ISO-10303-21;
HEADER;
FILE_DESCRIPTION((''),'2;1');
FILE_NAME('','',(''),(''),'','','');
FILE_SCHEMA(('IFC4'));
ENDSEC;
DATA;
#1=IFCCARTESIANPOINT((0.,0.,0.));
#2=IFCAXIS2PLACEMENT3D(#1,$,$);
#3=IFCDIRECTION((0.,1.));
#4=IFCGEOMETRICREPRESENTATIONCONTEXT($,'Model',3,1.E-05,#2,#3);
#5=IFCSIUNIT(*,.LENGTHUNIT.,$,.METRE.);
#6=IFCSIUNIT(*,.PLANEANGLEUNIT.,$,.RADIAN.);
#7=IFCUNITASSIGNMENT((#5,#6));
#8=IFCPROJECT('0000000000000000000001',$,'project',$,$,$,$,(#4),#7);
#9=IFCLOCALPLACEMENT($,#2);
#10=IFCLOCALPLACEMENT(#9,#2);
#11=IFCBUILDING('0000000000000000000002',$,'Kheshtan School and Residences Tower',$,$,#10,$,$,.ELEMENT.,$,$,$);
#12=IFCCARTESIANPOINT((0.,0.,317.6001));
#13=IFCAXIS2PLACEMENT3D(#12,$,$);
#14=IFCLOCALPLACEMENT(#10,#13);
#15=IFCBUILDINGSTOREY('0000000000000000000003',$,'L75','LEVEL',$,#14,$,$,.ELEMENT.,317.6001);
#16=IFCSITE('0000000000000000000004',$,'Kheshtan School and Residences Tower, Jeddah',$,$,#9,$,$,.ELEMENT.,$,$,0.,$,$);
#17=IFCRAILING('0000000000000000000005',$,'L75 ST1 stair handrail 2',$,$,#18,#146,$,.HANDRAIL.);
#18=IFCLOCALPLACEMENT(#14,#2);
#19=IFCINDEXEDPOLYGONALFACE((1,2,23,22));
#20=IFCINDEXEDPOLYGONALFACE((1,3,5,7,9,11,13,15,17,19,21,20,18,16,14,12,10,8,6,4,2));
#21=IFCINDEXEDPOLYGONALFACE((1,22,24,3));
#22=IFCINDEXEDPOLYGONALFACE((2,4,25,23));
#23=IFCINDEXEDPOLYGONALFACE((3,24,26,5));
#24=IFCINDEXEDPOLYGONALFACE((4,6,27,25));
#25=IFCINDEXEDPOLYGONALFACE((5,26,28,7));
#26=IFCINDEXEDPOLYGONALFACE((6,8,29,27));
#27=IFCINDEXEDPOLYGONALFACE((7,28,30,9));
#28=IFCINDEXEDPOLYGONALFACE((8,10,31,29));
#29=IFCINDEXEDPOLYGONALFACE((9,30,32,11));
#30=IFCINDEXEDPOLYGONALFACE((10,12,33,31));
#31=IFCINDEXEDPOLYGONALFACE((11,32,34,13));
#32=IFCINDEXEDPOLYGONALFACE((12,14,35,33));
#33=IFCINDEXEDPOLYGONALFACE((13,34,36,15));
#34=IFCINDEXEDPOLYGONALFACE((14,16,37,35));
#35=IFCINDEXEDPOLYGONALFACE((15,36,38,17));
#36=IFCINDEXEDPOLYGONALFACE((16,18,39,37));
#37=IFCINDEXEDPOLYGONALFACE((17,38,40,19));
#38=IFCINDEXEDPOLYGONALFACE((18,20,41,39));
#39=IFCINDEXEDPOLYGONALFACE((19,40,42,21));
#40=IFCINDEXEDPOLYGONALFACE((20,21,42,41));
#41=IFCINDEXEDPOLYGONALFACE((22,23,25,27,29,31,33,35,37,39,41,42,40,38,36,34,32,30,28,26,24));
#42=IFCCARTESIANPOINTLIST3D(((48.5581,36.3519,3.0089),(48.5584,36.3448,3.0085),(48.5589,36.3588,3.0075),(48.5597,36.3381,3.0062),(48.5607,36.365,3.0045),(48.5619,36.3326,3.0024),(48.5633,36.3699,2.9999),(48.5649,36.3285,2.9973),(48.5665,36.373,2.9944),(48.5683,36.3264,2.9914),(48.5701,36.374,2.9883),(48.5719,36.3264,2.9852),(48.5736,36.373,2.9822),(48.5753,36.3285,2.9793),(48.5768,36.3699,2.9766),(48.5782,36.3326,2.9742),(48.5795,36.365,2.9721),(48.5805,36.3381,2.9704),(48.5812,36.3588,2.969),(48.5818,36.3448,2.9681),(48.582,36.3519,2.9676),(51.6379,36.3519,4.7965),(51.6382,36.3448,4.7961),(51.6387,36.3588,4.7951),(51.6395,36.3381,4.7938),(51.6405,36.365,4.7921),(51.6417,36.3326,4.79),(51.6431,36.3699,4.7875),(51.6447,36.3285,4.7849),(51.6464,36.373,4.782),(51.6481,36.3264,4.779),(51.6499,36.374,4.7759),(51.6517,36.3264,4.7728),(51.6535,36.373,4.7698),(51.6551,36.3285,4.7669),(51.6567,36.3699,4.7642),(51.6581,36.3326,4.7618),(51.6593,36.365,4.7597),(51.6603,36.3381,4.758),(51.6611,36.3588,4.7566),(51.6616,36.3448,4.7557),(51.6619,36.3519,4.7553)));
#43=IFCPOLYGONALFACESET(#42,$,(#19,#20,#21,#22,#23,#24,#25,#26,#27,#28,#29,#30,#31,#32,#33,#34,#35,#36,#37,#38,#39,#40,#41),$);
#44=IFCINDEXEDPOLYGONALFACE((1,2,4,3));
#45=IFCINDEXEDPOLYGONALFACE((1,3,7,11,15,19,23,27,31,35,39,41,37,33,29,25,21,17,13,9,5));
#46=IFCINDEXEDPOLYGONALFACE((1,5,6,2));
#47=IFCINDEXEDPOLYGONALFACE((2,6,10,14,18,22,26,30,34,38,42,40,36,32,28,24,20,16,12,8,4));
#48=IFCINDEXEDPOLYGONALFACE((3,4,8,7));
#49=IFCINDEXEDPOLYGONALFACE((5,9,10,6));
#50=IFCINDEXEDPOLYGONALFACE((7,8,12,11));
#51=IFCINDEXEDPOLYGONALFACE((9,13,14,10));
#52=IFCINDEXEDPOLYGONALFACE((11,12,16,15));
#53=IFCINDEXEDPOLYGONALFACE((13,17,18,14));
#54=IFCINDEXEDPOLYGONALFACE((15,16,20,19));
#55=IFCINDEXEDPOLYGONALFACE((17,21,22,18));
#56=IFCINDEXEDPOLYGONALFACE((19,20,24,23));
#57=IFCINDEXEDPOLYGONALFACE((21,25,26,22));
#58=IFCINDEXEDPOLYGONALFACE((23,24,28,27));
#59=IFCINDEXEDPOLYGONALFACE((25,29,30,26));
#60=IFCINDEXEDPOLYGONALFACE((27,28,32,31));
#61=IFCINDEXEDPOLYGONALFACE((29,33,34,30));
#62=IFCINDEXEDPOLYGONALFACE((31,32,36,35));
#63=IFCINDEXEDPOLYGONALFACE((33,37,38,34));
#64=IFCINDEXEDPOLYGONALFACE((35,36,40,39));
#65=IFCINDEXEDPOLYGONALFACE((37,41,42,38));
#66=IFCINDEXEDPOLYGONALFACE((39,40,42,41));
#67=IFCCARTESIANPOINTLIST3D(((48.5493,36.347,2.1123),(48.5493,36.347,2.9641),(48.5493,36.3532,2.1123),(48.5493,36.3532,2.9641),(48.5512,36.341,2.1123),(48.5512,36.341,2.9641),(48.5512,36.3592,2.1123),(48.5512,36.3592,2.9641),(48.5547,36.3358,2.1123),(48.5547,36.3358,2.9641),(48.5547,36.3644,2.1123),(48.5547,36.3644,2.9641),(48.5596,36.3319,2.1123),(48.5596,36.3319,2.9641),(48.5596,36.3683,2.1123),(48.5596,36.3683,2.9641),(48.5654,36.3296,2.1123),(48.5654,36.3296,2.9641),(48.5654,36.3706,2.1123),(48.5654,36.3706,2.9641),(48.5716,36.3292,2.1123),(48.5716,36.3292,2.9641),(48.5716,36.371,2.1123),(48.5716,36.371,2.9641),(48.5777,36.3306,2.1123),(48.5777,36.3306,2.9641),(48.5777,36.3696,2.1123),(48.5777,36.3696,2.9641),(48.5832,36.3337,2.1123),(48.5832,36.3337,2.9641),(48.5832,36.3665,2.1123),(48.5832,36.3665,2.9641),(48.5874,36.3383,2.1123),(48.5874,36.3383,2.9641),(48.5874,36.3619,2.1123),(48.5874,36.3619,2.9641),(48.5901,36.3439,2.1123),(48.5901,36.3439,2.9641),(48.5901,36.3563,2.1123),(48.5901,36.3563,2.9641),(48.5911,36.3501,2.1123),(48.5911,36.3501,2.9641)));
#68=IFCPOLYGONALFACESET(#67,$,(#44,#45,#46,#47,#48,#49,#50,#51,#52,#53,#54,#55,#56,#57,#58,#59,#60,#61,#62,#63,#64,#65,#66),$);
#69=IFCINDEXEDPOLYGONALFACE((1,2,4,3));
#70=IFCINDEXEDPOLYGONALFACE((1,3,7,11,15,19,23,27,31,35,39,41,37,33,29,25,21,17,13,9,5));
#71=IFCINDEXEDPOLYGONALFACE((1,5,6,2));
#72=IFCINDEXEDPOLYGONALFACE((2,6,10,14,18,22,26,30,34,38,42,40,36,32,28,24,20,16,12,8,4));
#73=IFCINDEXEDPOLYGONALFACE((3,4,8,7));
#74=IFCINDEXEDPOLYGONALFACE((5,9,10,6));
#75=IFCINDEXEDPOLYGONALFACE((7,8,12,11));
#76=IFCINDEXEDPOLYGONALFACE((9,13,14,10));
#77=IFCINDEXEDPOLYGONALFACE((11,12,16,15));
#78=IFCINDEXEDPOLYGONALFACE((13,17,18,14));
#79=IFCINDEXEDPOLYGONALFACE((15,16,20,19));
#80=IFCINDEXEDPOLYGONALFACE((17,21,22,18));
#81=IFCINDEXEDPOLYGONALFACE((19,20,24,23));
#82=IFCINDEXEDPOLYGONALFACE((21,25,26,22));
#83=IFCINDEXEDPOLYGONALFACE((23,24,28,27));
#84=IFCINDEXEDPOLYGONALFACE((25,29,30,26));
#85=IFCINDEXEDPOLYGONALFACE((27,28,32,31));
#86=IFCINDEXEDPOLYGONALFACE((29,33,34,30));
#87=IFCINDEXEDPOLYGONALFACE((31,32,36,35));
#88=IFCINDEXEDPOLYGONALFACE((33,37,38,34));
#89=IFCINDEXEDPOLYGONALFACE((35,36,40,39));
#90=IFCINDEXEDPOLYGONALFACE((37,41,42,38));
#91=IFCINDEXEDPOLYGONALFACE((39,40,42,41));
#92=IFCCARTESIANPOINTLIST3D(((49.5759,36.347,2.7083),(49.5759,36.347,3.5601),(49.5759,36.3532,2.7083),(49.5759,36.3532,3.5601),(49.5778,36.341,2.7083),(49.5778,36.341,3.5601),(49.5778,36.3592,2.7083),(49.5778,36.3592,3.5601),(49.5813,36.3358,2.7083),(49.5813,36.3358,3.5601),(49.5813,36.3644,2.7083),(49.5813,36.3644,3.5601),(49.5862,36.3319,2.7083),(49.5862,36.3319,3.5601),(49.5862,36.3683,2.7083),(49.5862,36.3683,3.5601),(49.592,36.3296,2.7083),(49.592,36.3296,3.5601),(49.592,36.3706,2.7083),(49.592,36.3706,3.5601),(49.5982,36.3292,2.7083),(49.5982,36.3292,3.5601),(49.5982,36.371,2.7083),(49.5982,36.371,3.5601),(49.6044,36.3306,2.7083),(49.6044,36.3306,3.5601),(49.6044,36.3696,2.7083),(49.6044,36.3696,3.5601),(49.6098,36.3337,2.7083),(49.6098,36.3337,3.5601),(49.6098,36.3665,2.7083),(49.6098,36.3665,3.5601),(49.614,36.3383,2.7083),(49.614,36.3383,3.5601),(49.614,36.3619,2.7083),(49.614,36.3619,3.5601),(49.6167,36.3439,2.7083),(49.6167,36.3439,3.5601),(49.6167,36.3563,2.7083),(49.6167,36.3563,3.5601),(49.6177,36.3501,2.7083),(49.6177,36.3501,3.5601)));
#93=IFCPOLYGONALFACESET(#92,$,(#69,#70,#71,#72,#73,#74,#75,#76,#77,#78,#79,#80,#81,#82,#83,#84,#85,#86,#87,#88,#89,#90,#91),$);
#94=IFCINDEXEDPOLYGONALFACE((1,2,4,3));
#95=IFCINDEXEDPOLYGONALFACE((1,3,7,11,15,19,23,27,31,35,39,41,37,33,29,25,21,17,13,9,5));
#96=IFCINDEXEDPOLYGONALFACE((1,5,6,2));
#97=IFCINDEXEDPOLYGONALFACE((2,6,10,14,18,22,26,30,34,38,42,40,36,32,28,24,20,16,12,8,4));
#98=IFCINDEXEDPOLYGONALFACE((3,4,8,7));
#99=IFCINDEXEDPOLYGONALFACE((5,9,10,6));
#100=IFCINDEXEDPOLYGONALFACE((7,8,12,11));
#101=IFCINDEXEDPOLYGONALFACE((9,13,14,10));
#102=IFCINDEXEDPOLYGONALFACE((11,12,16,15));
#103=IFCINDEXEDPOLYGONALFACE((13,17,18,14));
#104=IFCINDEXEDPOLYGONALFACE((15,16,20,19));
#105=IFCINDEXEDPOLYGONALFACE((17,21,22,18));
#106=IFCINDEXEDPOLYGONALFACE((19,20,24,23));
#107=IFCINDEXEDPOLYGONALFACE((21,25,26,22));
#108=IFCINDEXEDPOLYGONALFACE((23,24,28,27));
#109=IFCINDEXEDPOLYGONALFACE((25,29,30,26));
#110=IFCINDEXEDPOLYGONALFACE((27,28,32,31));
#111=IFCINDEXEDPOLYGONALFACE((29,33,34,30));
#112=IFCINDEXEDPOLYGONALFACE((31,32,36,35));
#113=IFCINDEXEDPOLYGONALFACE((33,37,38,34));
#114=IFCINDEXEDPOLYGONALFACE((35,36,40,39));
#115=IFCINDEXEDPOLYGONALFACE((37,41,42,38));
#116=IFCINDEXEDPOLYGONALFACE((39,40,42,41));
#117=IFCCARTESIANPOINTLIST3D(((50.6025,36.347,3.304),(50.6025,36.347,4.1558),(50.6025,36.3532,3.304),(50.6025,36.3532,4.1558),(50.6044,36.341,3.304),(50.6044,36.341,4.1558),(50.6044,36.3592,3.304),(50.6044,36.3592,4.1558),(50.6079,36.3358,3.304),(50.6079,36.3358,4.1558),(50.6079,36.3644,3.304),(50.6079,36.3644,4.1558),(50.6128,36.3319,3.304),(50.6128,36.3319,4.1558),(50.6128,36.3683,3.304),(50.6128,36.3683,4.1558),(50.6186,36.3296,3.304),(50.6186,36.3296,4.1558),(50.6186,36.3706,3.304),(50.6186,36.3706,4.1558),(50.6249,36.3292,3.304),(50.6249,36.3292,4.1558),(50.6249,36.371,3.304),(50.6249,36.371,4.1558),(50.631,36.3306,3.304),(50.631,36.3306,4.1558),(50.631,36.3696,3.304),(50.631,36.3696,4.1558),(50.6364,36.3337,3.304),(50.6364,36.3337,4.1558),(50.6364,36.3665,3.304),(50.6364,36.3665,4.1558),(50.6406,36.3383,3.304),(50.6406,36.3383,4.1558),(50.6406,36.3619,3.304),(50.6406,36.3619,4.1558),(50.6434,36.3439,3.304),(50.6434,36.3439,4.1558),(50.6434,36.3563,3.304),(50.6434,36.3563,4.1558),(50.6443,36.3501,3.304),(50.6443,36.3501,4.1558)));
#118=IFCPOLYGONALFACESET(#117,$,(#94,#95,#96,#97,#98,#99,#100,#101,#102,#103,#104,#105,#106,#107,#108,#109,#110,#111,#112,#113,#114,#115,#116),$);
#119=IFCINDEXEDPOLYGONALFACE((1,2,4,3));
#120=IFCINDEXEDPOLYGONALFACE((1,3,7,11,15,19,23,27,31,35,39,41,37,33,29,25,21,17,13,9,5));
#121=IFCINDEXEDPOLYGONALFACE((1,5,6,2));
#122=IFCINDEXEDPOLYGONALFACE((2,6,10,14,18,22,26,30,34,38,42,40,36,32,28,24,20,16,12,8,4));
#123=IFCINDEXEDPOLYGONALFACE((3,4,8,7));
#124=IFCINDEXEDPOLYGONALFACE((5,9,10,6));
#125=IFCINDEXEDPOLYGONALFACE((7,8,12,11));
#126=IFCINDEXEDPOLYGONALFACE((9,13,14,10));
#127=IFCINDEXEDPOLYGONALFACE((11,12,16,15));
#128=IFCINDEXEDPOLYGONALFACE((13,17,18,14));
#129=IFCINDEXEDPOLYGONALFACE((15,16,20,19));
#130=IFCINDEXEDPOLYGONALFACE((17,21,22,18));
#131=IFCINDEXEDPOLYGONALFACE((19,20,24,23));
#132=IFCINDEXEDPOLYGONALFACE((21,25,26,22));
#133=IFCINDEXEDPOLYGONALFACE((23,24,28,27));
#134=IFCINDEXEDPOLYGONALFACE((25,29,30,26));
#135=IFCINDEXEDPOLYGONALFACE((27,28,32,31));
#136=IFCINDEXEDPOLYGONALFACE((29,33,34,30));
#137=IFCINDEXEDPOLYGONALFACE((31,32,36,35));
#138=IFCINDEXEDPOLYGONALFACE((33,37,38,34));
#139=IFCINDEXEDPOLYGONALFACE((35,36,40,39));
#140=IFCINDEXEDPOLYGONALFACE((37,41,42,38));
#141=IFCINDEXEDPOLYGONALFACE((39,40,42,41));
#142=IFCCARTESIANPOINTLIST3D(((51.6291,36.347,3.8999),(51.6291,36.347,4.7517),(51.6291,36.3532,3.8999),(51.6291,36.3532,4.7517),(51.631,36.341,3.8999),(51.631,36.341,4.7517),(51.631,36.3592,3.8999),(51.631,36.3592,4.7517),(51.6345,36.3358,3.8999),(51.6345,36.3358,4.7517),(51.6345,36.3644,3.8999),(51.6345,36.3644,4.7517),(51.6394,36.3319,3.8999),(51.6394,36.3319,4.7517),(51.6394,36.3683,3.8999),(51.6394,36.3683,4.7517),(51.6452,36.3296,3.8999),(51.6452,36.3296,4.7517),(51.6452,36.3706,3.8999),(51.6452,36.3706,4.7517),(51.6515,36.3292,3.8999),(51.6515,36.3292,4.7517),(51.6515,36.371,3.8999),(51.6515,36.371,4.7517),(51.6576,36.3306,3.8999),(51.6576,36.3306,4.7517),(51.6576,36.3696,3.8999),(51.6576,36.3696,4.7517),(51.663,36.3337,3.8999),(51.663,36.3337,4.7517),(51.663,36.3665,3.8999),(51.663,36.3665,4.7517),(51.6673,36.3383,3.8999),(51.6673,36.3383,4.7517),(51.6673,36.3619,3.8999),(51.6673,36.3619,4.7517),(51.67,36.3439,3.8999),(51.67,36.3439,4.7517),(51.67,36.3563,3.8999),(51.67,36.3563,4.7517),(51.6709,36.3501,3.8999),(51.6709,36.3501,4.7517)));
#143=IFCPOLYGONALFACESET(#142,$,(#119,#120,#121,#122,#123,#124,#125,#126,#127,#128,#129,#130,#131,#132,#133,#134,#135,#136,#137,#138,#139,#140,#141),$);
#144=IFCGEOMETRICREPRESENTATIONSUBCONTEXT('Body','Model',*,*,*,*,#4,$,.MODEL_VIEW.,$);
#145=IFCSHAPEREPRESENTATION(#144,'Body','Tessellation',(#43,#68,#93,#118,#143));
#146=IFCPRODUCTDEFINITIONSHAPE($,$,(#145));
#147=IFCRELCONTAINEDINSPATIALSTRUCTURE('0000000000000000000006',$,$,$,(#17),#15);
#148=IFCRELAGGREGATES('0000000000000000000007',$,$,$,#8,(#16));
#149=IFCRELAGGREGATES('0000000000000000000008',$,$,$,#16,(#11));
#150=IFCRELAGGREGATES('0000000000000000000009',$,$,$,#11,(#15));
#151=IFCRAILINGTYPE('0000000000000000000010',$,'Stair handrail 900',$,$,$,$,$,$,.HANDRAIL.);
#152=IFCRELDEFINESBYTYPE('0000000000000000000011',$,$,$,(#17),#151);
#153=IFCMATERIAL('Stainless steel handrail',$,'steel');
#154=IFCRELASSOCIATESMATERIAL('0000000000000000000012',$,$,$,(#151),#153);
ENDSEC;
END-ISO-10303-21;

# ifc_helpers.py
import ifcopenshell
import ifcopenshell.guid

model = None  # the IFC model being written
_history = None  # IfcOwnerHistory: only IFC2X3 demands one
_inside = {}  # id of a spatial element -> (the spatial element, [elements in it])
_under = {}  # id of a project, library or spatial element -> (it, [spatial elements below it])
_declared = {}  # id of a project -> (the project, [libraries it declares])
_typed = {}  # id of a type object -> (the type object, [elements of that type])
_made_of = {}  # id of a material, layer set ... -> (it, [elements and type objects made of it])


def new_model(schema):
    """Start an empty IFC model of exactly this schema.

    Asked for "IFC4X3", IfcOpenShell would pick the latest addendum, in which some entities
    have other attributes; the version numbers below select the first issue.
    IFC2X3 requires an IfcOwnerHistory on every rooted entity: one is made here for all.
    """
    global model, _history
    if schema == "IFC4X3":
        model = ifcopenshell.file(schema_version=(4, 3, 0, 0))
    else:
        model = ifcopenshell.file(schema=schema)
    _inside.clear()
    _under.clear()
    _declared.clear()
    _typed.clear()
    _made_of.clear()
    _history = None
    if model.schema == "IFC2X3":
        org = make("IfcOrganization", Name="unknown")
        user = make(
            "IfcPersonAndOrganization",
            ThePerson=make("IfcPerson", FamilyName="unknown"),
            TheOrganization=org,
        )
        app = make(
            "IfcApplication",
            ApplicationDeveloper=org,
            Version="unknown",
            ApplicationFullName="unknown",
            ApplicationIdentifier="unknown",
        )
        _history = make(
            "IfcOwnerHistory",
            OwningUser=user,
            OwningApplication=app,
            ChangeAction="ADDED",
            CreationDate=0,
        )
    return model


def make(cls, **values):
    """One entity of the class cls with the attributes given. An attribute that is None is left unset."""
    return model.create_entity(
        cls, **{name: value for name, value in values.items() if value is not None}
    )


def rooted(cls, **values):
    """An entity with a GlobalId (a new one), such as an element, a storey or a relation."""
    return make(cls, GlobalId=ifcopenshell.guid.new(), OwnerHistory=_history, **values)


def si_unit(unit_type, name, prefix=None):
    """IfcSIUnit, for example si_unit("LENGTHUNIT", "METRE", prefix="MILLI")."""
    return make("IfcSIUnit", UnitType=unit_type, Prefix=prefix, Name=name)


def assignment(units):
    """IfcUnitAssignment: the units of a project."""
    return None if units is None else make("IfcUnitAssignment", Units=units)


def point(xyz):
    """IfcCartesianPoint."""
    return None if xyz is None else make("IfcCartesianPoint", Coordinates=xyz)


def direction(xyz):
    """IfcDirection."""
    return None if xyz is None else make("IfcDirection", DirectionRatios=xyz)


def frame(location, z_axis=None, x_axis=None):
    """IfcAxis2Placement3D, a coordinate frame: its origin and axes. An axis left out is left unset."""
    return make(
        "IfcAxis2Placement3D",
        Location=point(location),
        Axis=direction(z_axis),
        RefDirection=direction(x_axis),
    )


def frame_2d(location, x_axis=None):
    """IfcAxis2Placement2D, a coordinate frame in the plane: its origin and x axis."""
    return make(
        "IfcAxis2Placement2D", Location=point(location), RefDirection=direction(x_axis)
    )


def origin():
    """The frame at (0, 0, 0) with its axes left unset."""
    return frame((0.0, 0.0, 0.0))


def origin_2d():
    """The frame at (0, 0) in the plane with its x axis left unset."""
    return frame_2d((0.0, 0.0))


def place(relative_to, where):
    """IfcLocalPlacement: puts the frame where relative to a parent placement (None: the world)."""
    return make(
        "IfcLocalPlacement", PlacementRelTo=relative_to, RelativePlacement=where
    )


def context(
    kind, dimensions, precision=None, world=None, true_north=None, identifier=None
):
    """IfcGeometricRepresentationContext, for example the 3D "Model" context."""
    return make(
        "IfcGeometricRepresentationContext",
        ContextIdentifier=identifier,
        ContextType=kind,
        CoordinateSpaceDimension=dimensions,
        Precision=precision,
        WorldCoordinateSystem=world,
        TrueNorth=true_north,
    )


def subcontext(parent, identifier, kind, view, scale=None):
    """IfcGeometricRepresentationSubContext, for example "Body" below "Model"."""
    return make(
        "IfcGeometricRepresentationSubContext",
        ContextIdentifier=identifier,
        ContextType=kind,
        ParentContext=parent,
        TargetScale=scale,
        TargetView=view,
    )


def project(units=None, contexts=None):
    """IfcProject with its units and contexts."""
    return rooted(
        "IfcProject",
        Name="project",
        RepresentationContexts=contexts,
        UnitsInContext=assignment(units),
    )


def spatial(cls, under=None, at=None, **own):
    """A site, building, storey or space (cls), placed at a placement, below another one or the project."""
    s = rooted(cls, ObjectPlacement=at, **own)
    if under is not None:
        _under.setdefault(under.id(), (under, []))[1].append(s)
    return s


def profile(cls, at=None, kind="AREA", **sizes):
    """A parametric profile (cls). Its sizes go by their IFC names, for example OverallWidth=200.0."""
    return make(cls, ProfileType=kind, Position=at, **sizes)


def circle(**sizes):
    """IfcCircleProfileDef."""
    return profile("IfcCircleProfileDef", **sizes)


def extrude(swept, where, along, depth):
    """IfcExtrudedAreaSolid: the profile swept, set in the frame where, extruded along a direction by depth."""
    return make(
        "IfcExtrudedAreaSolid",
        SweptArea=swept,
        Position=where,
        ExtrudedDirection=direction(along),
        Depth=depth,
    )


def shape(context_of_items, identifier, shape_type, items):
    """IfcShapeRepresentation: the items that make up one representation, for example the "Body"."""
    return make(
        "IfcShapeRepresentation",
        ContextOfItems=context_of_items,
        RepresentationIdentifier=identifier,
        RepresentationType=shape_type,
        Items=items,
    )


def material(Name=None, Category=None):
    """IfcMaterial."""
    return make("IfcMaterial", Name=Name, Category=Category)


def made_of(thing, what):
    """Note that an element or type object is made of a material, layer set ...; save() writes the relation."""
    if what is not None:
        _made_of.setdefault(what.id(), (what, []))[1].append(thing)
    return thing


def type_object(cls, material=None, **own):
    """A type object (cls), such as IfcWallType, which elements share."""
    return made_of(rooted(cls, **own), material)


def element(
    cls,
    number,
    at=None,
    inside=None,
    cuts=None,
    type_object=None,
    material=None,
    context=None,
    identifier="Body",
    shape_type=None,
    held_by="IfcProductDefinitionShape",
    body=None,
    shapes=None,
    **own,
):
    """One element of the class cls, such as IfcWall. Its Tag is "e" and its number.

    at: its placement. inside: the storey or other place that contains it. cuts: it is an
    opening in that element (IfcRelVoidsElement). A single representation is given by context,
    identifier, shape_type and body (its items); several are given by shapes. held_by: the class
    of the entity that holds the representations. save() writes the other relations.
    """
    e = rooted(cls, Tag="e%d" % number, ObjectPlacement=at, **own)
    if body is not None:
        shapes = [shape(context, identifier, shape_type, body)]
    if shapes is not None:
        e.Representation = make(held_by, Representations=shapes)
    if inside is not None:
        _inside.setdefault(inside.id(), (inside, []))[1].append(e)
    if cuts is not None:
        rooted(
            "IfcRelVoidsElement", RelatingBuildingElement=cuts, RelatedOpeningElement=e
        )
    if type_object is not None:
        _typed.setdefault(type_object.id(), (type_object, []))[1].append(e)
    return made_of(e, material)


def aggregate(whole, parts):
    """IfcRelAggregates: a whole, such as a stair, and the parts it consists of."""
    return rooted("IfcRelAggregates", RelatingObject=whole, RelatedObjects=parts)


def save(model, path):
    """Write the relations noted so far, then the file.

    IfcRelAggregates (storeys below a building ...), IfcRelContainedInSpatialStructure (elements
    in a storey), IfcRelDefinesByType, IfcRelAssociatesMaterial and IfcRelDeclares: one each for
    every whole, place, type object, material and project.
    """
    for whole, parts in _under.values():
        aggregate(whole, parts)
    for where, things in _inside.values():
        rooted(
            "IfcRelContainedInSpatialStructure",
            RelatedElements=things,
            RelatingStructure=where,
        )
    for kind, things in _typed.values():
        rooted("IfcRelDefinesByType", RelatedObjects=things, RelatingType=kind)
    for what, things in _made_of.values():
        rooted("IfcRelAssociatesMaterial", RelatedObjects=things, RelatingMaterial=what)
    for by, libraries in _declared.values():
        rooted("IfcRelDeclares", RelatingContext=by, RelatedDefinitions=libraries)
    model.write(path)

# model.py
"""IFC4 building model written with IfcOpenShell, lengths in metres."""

from ifc_helpers import new_model, si_unit, direction, frame, origin, origin_2d, place, context, subcontext, project, spatial, circle, extrude, material, type_object, element, save


model = new_model("IFC4")

# Units and contexts
model_context = context("Model", 3, precision=1e-05, world=origin(), true_north=direction((0.0, 1.0)))
body_context = subcontext(model_context, "Body", "Model", "MODEL_VIEW")
ifc_project = project(units=[si_unit("LENGTHUNIT", "METRE"), si_unit("PLANEANGLEUNIT", "RADIAN")], contexts=[model_context])

# Site, building, storey
site_placement = place(None, origin())
site = spatial("IfcSite", under=ifc_project, at=site_placement, Name="Kheshtan School and Residences Tower, Jeddah", CompositionType="ELEMENT", RefElevation=0.0)
building_placement = place(site_placement, origin())
building = spatial("IfcBuilding", under=site, at=building_placement, Name="Kheshtan School and Residences Tower", CompositionType="ELEMENT")
storey_placement = place(building_placement, frame((0.0, 0.0, 317.6001)))
storey = spatial("IfcBuildingStorey", under=building, at=storey_placement, Name="L75", Description="LEVEL", CompositionType="ELEMENT", Elevation=317.6001)

# Railing
ifc_material_1 = material(Name="Stainless steel handrail", Category="steel")
railing_type_1 = type_object("IfcRailingType", Name="Stair handrail 900", PredefinedType="HANDRAIL", material=ifc_material_1)
railing_1_placement = place(storey_placement, frame((48.5701, 36.3501, 2.1123)))
element("IfcRailing", 1, at=railing_1_placement, inside=storey, type_object=railing_type_1, Name="L75 ST1 stair handrail 2", PredefinedType="HANDRAIL", context=body_context, shape_type="SweptSolid", body=[
    extrude(circle(Radius=0.0239, at=origin_2d()), frame((0.0, 0.0, 0.876), z_axis=(0.864873, 0.0, 0.50199), x_axis=(0.0, 1.0, 0.0)), (0.0, 0.0, 1.0), 3.561),
    extrude(circle(Radius=0.021, at=origin_2d()), origin(), (0.0, 0.0, 1.0), 0.8518),
    extrude(circle(Radius=0.021, at=origin_2d()), frame((1.0266, 0.0, 0.5959)), (0.0, 0.0, 1.0), 0.8518),
    extrude(circle(Radius=0.021, at=origin_2d()), frame((2.0532, 0.0, 1.1917)), (0.0, 0.0, 1.0), 0.8518),
    extrude(circle(Radius=0.021, at=origin_2d()), frame((3.0798, 0.0, 1.7876)), (0.0, 0.0, 1.0), 0.8518),
])

save(model, "model.ifc")
